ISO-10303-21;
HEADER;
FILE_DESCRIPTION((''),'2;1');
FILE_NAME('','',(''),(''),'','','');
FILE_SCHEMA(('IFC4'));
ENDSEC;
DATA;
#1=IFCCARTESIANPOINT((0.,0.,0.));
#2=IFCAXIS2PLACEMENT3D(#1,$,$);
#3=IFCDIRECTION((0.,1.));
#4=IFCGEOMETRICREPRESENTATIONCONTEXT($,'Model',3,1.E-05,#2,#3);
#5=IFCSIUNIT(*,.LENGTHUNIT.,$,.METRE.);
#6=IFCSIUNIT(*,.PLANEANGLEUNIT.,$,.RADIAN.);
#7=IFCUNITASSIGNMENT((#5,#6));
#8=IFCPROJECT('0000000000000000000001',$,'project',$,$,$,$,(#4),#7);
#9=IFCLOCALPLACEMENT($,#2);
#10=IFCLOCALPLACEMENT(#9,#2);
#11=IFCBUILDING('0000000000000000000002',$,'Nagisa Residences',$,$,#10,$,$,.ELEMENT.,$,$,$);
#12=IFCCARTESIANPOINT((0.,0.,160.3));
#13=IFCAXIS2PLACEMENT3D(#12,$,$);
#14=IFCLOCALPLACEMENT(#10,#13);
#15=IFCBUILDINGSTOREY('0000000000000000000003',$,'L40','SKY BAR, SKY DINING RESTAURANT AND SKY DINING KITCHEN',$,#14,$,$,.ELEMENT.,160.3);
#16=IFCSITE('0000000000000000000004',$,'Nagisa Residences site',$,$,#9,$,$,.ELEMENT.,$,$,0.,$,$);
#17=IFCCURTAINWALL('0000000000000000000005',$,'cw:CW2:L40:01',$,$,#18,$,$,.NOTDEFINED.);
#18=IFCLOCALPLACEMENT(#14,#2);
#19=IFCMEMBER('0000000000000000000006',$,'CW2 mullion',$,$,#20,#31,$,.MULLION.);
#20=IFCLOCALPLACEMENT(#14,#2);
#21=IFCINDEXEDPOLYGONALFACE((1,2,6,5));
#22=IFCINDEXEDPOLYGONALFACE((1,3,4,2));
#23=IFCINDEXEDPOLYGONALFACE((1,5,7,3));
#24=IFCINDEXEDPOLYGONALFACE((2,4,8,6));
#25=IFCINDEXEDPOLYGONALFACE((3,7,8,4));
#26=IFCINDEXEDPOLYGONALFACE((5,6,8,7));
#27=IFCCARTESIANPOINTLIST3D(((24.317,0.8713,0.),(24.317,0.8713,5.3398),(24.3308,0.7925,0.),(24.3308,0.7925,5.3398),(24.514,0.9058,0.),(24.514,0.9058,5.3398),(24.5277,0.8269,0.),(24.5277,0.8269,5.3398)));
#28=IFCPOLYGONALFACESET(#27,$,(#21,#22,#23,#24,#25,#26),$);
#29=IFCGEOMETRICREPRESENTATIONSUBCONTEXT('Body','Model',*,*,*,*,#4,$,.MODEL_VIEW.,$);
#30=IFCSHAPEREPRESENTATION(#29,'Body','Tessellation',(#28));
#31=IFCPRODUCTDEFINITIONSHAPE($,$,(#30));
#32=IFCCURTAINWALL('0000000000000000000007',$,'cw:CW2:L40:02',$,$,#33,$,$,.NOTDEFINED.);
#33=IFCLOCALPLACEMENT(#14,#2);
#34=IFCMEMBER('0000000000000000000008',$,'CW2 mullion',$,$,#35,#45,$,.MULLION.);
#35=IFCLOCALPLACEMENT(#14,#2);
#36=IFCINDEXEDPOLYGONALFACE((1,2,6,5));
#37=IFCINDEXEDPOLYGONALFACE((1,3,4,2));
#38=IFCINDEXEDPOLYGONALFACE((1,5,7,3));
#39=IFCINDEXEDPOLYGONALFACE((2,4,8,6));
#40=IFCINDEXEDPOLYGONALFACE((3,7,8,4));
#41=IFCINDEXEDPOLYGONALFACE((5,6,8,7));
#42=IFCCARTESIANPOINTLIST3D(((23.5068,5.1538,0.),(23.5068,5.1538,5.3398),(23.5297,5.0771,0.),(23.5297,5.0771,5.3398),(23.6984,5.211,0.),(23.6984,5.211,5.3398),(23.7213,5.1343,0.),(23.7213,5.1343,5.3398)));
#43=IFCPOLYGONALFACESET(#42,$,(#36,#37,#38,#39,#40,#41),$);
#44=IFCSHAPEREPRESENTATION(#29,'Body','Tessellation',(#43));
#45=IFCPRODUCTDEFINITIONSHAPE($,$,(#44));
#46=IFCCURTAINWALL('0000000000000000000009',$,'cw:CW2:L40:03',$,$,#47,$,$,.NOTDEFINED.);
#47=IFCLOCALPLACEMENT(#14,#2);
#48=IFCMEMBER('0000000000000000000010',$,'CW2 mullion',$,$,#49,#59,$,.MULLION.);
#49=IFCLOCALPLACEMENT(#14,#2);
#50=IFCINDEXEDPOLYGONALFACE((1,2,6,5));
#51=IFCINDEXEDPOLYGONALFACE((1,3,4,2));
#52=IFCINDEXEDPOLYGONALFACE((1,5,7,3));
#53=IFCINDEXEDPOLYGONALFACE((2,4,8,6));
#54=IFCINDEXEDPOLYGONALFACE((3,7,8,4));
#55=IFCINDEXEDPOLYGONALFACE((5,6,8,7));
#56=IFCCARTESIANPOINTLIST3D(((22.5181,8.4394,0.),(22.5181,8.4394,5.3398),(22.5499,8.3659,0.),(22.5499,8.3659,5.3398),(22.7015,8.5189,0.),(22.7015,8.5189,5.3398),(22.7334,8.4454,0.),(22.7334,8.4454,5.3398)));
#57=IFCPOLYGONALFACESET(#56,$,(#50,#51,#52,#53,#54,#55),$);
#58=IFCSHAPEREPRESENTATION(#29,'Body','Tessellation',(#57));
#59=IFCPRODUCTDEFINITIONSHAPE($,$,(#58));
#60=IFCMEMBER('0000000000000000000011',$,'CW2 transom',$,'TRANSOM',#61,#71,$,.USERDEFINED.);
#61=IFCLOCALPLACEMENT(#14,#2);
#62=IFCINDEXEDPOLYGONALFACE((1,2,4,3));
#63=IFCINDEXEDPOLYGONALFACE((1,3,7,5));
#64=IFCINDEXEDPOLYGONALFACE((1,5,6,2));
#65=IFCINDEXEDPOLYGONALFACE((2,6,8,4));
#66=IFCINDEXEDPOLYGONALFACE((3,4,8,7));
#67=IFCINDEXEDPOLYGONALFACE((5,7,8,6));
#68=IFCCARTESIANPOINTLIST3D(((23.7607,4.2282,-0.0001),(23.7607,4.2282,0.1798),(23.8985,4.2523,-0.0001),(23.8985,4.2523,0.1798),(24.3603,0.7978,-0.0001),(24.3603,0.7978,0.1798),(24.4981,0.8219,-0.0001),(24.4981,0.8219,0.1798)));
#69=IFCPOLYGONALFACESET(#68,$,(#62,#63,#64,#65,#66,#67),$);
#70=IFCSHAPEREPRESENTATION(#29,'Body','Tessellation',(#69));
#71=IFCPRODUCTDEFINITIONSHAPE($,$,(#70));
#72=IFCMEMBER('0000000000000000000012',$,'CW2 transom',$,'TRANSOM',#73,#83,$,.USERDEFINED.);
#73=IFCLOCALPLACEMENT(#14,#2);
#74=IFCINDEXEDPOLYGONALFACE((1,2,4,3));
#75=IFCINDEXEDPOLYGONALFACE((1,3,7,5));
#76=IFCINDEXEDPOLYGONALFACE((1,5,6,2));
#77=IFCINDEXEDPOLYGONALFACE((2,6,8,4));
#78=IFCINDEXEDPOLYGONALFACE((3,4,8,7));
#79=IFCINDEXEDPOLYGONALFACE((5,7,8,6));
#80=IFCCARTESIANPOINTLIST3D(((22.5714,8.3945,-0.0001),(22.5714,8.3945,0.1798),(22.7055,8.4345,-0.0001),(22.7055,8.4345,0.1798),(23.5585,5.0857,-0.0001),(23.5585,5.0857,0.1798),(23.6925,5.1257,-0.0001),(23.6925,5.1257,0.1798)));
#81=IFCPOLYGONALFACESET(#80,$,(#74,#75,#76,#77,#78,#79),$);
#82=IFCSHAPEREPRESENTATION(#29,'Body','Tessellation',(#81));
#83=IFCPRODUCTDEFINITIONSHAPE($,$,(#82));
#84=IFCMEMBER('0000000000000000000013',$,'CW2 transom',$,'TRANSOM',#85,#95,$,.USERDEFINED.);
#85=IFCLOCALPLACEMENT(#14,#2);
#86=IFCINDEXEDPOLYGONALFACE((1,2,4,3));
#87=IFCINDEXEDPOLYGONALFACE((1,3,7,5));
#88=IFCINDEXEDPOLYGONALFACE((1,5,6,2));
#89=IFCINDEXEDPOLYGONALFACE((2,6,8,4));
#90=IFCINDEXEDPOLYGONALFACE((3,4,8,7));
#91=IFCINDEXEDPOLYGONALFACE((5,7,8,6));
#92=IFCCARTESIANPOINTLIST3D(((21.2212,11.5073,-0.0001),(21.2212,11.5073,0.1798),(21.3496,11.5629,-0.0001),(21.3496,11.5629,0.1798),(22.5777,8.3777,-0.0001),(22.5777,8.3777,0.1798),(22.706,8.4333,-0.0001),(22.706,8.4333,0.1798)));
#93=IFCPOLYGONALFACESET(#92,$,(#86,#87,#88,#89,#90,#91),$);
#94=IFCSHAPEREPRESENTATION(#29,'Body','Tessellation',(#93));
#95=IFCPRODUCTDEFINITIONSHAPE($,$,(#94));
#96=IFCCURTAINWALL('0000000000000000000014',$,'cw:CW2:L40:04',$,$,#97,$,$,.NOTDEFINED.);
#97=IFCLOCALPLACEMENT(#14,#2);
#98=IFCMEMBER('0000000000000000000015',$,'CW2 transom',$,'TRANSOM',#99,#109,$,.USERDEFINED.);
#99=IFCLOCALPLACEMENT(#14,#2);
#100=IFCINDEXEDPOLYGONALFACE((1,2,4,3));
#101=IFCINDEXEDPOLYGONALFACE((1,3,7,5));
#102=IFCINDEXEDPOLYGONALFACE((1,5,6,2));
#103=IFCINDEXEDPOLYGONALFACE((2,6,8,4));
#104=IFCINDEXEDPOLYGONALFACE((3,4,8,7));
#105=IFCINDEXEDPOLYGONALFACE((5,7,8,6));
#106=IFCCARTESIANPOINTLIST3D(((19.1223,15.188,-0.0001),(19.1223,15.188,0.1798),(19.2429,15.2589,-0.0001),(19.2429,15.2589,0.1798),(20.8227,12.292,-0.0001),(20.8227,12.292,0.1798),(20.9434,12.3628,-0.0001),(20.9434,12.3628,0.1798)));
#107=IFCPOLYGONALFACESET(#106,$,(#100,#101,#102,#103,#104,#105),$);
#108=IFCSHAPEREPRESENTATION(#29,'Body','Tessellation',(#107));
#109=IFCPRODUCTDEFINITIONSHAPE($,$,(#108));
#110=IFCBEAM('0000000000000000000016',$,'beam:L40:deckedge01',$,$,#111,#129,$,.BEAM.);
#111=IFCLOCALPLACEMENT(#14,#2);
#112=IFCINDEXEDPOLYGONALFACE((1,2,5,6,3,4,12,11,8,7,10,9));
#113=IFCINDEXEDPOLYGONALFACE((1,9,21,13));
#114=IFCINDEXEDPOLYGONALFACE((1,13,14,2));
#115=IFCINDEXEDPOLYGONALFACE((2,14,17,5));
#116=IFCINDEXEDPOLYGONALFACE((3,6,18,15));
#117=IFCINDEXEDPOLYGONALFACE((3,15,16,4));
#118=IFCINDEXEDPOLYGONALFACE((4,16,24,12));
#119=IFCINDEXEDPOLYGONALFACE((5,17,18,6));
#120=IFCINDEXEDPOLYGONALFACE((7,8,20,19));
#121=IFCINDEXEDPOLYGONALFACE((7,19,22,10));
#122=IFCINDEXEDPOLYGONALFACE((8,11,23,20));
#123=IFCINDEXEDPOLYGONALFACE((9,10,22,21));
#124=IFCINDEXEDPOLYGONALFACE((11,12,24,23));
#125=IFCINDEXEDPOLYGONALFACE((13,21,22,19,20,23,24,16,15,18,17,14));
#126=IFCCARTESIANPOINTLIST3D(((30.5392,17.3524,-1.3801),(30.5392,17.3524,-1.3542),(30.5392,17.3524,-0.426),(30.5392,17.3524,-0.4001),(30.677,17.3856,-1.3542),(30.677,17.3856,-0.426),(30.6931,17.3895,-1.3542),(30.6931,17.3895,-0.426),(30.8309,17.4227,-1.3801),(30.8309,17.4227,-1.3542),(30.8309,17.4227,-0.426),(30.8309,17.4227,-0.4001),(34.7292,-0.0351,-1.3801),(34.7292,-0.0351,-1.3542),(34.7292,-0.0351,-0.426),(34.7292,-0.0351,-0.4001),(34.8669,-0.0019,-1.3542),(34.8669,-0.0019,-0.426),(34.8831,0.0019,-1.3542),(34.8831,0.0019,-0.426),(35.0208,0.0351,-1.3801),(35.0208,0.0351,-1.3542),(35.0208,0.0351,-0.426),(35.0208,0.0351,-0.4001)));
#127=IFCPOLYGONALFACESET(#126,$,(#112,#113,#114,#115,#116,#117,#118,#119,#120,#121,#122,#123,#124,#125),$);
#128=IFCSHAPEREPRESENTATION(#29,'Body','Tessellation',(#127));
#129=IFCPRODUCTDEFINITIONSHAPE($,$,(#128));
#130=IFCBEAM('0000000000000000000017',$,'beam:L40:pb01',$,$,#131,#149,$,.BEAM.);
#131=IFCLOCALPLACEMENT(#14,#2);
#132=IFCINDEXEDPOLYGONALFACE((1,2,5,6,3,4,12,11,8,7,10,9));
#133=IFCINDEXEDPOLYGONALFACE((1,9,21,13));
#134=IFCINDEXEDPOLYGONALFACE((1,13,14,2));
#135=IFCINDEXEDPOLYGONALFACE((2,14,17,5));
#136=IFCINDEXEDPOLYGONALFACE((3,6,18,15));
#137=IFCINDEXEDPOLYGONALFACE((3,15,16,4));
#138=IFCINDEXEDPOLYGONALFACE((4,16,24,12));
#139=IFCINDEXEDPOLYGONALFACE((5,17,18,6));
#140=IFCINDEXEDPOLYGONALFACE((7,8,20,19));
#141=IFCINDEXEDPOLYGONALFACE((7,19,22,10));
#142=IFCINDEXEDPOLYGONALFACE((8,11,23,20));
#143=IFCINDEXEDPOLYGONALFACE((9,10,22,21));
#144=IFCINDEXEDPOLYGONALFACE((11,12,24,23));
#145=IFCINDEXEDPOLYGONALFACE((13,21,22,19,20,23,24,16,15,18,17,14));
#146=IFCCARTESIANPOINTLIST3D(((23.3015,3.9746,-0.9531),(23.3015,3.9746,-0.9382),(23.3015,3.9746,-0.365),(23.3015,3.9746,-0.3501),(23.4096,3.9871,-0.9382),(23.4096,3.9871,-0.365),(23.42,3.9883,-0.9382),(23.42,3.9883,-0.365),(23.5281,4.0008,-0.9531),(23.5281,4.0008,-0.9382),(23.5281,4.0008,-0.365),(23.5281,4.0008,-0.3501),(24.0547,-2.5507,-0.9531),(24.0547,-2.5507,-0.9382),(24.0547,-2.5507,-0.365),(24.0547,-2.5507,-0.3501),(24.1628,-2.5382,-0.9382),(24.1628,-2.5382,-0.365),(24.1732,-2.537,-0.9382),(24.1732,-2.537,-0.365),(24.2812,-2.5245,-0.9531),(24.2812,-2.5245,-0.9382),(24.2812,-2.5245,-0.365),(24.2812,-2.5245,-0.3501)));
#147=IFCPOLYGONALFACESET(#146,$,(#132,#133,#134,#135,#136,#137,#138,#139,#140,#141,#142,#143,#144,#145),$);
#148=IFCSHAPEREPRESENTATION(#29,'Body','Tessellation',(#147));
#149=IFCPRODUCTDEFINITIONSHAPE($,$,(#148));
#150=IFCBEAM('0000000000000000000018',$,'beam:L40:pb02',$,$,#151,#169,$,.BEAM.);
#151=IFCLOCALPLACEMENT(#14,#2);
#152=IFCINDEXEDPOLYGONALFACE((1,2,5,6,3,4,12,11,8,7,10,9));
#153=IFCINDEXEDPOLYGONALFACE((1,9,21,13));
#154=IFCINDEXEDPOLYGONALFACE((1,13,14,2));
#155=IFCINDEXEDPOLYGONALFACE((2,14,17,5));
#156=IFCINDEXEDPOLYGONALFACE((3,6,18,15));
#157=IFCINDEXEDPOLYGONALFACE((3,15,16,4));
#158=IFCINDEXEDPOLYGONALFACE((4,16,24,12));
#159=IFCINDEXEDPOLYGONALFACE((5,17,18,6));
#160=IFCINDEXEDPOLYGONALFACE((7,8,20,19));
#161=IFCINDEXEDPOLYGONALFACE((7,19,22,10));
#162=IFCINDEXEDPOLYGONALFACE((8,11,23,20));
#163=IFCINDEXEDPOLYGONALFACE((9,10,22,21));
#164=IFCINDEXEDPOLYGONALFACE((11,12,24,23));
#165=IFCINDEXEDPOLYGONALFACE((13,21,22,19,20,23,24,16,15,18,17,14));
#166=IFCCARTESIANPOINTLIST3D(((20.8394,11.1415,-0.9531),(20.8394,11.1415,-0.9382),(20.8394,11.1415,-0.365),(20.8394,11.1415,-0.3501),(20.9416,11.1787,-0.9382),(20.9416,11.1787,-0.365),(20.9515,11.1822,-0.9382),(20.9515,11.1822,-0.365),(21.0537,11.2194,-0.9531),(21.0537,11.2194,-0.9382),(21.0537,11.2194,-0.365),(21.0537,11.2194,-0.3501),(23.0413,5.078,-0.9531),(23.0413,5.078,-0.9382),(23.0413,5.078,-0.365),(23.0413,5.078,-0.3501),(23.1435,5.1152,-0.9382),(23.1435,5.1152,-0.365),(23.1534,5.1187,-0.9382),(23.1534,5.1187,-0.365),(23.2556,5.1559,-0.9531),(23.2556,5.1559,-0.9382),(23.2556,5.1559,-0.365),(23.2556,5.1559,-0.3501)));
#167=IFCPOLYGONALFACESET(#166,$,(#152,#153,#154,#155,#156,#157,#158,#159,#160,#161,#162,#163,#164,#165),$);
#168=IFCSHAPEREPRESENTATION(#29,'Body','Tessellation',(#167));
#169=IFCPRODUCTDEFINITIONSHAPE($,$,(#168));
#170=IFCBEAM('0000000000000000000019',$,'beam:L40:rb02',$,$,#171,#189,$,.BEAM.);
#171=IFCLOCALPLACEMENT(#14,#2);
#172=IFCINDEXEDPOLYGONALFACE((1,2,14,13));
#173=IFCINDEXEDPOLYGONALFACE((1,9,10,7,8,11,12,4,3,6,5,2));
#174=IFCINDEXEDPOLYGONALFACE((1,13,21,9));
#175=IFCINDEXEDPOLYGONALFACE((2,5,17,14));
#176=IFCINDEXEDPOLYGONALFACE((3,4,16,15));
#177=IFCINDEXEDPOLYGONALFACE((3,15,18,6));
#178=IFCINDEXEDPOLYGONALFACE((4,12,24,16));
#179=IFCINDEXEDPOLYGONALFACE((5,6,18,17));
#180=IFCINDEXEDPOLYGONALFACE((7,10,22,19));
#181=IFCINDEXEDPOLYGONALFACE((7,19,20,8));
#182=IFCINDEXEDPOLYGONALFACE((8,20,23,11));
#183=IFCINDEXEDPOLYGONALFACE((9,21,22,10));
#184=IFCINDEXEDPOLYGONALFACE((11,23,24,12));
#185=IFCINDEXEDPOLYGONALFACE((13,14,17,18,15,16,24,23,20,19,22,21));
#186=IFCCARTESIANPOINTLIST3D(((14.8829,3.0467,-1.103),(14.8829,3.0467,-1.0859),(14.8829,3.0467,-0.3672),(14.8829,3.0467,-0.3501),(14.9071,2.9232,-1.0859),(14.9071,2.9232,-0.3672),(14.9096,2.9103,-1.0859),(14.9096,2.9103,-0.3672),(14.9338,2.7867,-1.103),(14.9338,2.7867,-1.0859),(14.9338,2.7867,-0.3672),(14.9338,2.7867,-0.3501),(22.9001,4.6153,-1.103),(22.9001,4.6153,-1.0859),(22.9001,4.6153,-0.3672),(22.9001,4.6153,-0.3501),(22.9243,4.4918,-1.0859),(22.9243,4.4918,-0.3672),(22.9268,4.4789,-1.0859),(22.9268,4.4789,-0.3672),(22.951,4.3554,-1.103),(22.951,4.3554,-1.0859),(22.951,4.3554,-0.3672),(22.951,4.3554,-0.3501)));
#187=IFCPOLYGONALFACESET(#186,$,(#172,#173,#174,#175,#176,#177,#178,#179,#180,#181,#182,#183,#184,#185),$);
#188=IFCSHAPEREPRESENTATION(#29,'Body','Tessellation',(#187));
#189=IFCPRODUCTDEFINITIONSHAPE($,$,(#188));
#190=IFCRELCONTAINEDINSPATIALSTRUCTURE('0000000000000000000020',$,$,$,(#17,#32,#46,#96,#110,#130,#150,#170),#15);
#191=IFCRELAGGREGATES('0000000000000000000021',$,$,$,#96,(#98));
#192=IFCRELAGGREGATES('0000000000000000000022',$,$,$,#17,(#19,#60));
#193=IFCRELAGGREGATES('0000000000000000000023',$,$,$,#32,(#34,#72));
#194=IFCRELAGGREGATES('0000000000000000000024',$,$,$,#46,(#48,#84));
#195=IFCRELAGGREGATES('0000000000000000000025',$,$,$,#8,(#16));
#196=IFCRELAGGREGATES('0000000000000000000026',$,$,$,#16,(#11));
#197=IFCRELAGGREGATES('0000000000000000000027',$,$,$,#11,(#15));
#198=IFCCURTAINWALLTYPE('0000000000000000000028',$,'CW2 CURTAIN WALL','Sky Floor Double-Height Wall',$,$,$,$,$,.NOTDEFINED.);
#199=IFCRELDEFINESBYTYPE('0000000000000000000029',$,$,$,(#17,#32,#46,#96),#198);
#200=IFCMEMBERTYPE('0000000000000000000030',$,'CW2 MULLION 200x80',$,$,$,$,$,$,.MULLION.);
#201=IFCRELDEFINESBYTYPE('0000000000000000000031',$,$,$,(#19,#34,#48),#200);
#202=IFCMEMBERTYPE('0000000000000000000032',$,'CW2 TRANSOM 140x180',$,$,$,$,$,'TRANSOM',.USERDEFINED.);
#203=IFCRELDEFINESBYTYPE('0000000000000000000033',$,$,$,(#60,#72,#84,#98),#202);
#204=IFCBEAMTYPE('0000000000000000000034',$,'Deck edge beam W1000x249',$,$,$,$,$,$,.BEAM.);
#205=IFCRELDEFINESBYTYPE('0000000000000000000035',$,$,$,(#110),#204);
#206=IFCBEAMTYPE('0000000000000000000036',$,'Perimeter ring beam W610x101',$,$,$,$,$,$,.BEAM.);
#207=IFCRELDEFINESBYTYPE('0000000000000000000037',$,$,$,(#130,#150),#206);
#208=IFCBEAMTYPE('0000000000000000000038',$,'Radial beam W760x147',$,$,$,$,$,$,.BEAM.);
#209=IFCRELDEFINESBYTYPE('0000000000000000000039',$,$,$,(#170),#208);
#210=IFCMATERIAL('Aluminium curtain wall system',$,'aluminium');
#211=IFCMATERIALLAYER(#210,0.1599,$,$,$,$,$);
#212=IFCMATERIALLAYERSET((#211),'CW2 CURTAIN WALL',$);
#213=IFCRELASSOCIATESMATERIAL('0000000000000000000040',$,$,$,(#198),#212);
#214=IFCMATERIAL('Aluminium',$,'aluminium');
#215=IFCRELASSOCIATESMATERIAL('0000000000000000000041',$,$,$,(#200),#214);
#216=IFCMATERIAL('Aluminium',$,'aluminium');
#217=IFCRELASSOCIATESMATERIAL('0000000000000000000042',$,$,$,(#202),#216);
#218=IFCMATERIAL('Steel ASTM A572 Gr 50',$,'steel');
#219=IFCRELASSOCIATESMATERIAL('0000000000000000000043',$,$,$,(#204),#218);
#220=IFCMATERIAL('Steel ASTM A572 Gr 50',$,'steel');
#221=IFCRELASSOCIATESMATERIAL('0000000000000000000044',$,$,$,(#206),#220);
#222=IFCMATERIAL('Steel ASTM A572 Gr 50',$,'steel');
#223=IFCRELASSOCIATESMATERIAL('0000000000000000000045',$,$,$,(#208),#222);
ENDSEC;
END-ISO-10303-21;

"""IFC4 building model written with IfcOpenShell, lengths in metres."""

from ifc_helpers import new_model, si_unit, direction, frame, origin, origin_2d, place, context, subcontext, project, spatial, rectangle, i_section, extrude, material, layer, layer_set, material_profile, profile_set, type_object, element, aggregate, save


model = new_model("IFC4")

# Units and contexts
model_context = context("Model", 3, precision=1e-05, world=origin(), true_north=direction((0.0, 1.0)))
body_context = subcontext(model_context, "Body", "Model", "MODEL_VIEW")
ifc_project = project(units=[si_unit("LENGTHUNIT", "METRE"), si_unit("PLANEANGLEUNIT", "RADIAN")], contexts=[model_context])

# Site, building, storey
site_placement = place(None, origin())
site = spatial("IfcSite", under=ifc_project, at=site_placement, Name="Nagisa Residences site", CompositionType="ELEMENT", RefElevation=0.0)
building_placement = place(site_placement, origin())
building = spatial("IfcBuilding", under=site, at=building_placement, Name="Nagisa Residences", CompositionType="ELEMENT")
storey_placement = place(building_placement, frame((0.0, 0.0, 160.3)))
storey = spatial("IfcBuildingStorey", under=building, at=storey_placement, Name="L40", Description="SKY BAR, SKY DINING RESTAURANT AND SKY DINING KITCHEN", CompositionType="ELEMENT", Elevation=160.3)

# Curtain walls, members
ifc_material_1 = material(Name="Aluminium curtain wall system", Category="aluminium")
ifc_layer_1 = layer(ifc_material_1, 0.1599)
ifc_layer_set_1 = layer_set([ifc_layer_1], Name="CW2 CURTAIN WALL")
curtain_wall_type = type_object("IfcCurtainWallType", Name="CW2 CURTAIN WALL", Description="Sky Floor Double-Height Wall", PredefinedType="NOTDEFINED", material=ifc_layer_set_1)
curtain_wall_1_placement = place(storey_placement, origin())
curtain_wall_1 = element("IfcCurtainWall", 1, at=curtain_wall_1_placement, inside=storey, type_object=curtain_wall_type, Name="cw:CW2:L40:01", PredefinedType="NOTDEFINED")
ifc_material_2 = material(Name="Aluminium", Category="aluminium")
ifc_material_profile_1 = material_profile(ifc_material_2, rectangle(XDim=0.2, YDim=0.0801, at=origin_2d()), Name="CW2 MULLION 200x80")
ifc_profile_set_1 = profile_set([ifc_material_profile_1], Name="Aluminium")
member_type_1 = type_object("IfcMemberType", Name="CW2 MULLION 200x80", PredefinedType="MULLION", material=ifc_profile_set_1)
member_1_placement = place(storey_placement, frame((24.4224, 0.8491, 0.0), z_axis=(0.0, 0.0, 1.0), x_axis=(-0.985064, -0.172191, 0.0)))
member_1 = element("IfcMember", 2, at=member_1_placement, type_object=member_type_1, Name="CW2 mullion", PredefinedType="MULLION", context=body_context, shape_type="SweptSolid", body=[
    extrude(rectangle(XDim=0.2, YDim=0.0801, at=origin_2d()), origin(), (0.0, 0.0, 1.0), 5.3398),
])
curtain_wall_2_placement = place(storey_placement, origin())
curtain_wall_2 = element("IfcCurtainWall", 3, at=curtain_wall_2_placement, inside=storey, type_object=curtain_wall_type, Name="cw:CW2:L40:02", PredefinedType="NOTDEFINED")
member_2_placement = place(storey_placement, frame((23.614, 5.144, 0.0), z_axis=(0.0, 0.0, 1.0), x_axis=(-0.958271, -0.28586, 0.0)))
member_2 = element("IfcMember", 4, at=member_2_placement, type_object=member_type_1, Name="CW2 mullion", PredefinedType="MULLION", context=body_context, shape_type="SweptSolid", body=[
    extrude(rectangle(XDim=0.2, YDim=0.0801, at=origin_2d()), origin(), (0.0, 0.0, 1.0), 5.3398),
])
curtain_wall_3_placement = place(storey_placement, origin())
curtain_wall_3 = element("IfcCurtainWall", 5, at=curtain_wall_3_placement, inside=storey, type_object=curtain_wall_type, Name="cw:CW2:L40:03", PredefinedType="NOTDEFINED")
member_3_placement = place(storey_placement, frame((22.6257, 8.4424, 0.0), z_axis=(0.0, 0.0, 1.0), x_axis=(-0.917543, -0.397636, 0.0)))
member_3 = element("IfcMember", 6, at=member_3_placement, type_object=member_type_1, Name="CW2 mullion", PredefinedType="MULLION", context=body_context, shape_type="SweptSolid", body=[
    extrude(rectangle(XDim=0.2, YDim=0.0801, at=origin_2d()), origin(), (0.0, 0.0, 1.0), 5.3398),
])

# Members
ifc_material_3 = material(Name="Aluminium", Category="aluminium")
ifc_material_profile_2 = material_profile(ifc_material_3, rectangle(XDim=0.1399, YDim=0.1799, at=origin_2d()), Name="CW2 TRANSOM 140x180")
ifc_profile_set_2 = profile_set([ifc_material_profile_2], Name="Aluminium")
member_type_2 = type_object("IfcMemberType", Name="CW2 TRANSOM 140x180", ElementType="TRANSOM", PredefinedType="USERDEFINED", material=ifc_profile_set_2)
member_4_placement = place(storey_placement, frame((24.4292, 0.8098, 0.0898), z_axis=(-0.172181, 0.985065, 0.0), x_axis=(-0.985065, -0.172181, 0.0)))
member_4 = element("IfcMember", 7, at=member_4_placement, type_object=member_type_2, Name="CW2 transom", ObjectType="TRANSOM", PredefinedType="USERDEFINED", context=body_context, shape_type="SweptSolid", body=[
    extrude(rectangle(XDim=0.1399, YDim=0.1799, at=origin_2d()), origin(), (0.0, 0.0, 1.0), 3.4824),
])
member_5_placement = place(storey_placement, frame((23.6255, 5.1057, 0.0898), z_axis=(-0.285862, 0.958271, 0.0), x_axis=(-0.958271, -0.285862, 0.0)))
member_5 = element("IfcMember", 8, at=member_5_placement, type_object=member_type_2, Name="CW2 transom", ObjectType="TRANSOM", PredefinedType="USERDEFINED", context=body_context, shape_type="SweptSolid", body=[
    extrude(rectangle(XDim=0.1399, YDim=0.1799, at=origin_2d()), origin(), (0.0, 0.0, 1.0), 3.4529),
])
member_6_placement = place(storey_placement, frame((22.6418, 8.4055, 0.0898), z_axis=(-0.397674, 0.917527, 0.0), x_axis=(-0.917527, -0.397674, 0.0)))
member_6 = element("IfcMember", 9, at=member_6_placement, type_object=member_type_2, Name="CW2 transom", ObjectType="TRANSOM", PredefinedType="USERDEFINED", context=body_context, shape_type="SweptSolid", body=[
    extrude(rectangle(XDim=0.1399, YDim=0.1799, at=origin_2d()), origin(), (0.0, 0.0, 1.0), 3.4109),
])

# Curtain wall, member
curtain_wall_4_placement = place(storey_placement, origin())
curtain_wall_4 = element("IfcCurtainWall", 10, at=curtain_wall_4_placement, inside=storey, type_object=curtain_wall_type, Name="cw:CW2:L40:04", PredefinedType="NOTDEFINED")
member_7_placement = place(storey_placement, frame((20.8831, 12.3274, 0.0898), z_axis=(-0.506337, 0.862336, 0.0), x_axis=(-0.862336, -0.506337, 0.0)))
member_7 = element("IfcMember", 11, at=member_7_placement, type_object=member_type_2, Name="CW2 transom", ObjectType="TRANSOM", PredefinedType="USERDEFINED", context=body_context, shape_type="SweptSolid", body=[
    extrude(rectangle(XDim=0.1399, YDim=0.1799, at=origin_2d()), origin(), (0.0, 0.0, 1.0), 3.3584),
])
aggregate(curtain_wall_4, [member_7])

# Beams
ifc_material_4 = material(Name="Steel ASTM A572 Gr 50", Category="steel")
ifc_material_profile_3 = material_profile(ifc_material_4, i_section(OverallWidth=0.3, OverallDepth=0.98, WebThickness=0.0166, FlangeThickness=0.0259, at=origin_2d()), Name="W1000x249")
ifc_profile_set_3 = profile_set([ifc_material_profile_3], Name="Steel ASTM A572 Gr 50")
beam_type_1 = type_object("IfcBeamType", Name="Deck edge beam W1000x249", PredefinedType="BEAM", material=ifc_profile_set_3)
beam_1_placement = place(storey_placement, frame((34.875, 0.0, -0.8901), z_axis=(-0.234269, 0.972172, 0.0), x_axis=(-0.972172, -0.234269, 0.0)))
element("IfcBeam", 12, at=beam_1_placement, inside=storey, type_object=beam_type_1, Name="beam:L40:deckedge01", PredefinedType="BEAM", context=body_context, shape_type="SweptSolid", body=[
    extrude(i_section(OverallWidth=0.3, OverallDepth=0.98, WebThickness=0.0166, FlangeThickness=0.0259, at=origin_2d()), origin(), (0.0, 0.0, 1.0), 17.8853),
])
ifc_material_5 = material(Name="Steel ASTM A572 Gr 50", Category="steel")
ifc_material_profile_4 = material_profile(ifc_material_5, i_section(OverallWidth=0.228, OverallDepth=0.603, WebThickness=0.0105, FlangeThickness=0.0149, at=origin_2d()), Name="W610x101")
ifc_profile_set_4 = profile_set([ifc_material_profile_4], Name="Steel ASTM A572 Gr 50")
beam_type_2 = type_object("IfcBeamType", Name="Perimeter ring beam W610x101", PredefinedType="BEAM", material=ifc_profile_set_4)
beam_2_placement = place(storey_placement, frame((24.168, -2.5376, -0.6516), z_axis=(-0.114661, 0.993405, 0.0), x_axis=(-0.993405, -0.114661, 0.0)))
element("IfcBeam", 13, at=beam_2_placement, inside=storey, type_object=beam_type_2, Name="beam:L40:pb01", PredefinedType="BEAM", context=body_context, shape_type="SweptSolid", body=[
    extrude(i_section(OverallWidth=0.228, OverallDepth=0.603, WebThickness=0.0105, FlangeThickness=0.0149, at=origin_2d()), origin(), (0.0, 0.0, 1.0), 6.5686),
])
beam_3_placement = place(storey_placement, frame((23.1484, 5.1169, -0.6516), z_axis=(-0.341333, 0.939943, 0.0), x_axis=(-0.939943, -0.341333, 0.0)))
element("IfcBeam", 14, at=beam_3_placement, inside=storey, type_object=beam_type_2, Name="beam:L40:pb02", PredefinedType="BEAM", context=body_context, shape_type="SweptSolid", body=[
    extrude(i_section(OverallWidth=0.228, OverallDepth=0.603, WebThickness=0.0105, FlangeThickness=0.0149, at=origin_2d()), origin(), (0.0, 0.0, 1.0), 6.4509),
])
ifc_material_6 = material(Name="Steel ASTM A572 Gr 50", Category="steel")
ifc_material_profile_5 = material_profile(ifc_material_6, i_section(OverallWidth=0.2649, OverallDepth=0.7529, WebThickness=0.0132, FlangeThickness=0.0171, at=origin_2d()), Name="W760x147")
ifc_profile_set_5 = profile_set([ifc_material_profile_5], Name="Steel ASTM A572 Gr 50")
beam_type_3 = type_object("IfcBeamType", Name="Radial beam W760x147", PredefinedType="BEAM", material=ifc_profile_set_5)
beam_4_placement = place(storey_placement, frame((22.9255, 4.4854, -0.7266), z_axis=(-0.981392, -0.192017, 0.0), x_axis=(0.192017, -0.981392, 0.0)))
element("IfcBeam", 15, at=beam_4_placement, inside=storey, type_object=beam_type_3, Name="beam:L40:rb02", PredefinedType="BEAM", context=body_context, shape_type="SweptSolid", body=[
    extrude(i_section(OverallWidth=0.2649, OverallDepth=0.7529, WebThickness=0.0132, FlangeThickness=0.0171, at=origin_2d()), origin(), (0.0, 0.0, 1.0), 8.1692),
])

aggregate(curtain_wall_1, [member_1, member_4])
aggregate(curtain_wall_2, [member_2, member_5])
aggregate(curtain_wall_3, [member_3, member_6])

save(model, "model.ifc")
